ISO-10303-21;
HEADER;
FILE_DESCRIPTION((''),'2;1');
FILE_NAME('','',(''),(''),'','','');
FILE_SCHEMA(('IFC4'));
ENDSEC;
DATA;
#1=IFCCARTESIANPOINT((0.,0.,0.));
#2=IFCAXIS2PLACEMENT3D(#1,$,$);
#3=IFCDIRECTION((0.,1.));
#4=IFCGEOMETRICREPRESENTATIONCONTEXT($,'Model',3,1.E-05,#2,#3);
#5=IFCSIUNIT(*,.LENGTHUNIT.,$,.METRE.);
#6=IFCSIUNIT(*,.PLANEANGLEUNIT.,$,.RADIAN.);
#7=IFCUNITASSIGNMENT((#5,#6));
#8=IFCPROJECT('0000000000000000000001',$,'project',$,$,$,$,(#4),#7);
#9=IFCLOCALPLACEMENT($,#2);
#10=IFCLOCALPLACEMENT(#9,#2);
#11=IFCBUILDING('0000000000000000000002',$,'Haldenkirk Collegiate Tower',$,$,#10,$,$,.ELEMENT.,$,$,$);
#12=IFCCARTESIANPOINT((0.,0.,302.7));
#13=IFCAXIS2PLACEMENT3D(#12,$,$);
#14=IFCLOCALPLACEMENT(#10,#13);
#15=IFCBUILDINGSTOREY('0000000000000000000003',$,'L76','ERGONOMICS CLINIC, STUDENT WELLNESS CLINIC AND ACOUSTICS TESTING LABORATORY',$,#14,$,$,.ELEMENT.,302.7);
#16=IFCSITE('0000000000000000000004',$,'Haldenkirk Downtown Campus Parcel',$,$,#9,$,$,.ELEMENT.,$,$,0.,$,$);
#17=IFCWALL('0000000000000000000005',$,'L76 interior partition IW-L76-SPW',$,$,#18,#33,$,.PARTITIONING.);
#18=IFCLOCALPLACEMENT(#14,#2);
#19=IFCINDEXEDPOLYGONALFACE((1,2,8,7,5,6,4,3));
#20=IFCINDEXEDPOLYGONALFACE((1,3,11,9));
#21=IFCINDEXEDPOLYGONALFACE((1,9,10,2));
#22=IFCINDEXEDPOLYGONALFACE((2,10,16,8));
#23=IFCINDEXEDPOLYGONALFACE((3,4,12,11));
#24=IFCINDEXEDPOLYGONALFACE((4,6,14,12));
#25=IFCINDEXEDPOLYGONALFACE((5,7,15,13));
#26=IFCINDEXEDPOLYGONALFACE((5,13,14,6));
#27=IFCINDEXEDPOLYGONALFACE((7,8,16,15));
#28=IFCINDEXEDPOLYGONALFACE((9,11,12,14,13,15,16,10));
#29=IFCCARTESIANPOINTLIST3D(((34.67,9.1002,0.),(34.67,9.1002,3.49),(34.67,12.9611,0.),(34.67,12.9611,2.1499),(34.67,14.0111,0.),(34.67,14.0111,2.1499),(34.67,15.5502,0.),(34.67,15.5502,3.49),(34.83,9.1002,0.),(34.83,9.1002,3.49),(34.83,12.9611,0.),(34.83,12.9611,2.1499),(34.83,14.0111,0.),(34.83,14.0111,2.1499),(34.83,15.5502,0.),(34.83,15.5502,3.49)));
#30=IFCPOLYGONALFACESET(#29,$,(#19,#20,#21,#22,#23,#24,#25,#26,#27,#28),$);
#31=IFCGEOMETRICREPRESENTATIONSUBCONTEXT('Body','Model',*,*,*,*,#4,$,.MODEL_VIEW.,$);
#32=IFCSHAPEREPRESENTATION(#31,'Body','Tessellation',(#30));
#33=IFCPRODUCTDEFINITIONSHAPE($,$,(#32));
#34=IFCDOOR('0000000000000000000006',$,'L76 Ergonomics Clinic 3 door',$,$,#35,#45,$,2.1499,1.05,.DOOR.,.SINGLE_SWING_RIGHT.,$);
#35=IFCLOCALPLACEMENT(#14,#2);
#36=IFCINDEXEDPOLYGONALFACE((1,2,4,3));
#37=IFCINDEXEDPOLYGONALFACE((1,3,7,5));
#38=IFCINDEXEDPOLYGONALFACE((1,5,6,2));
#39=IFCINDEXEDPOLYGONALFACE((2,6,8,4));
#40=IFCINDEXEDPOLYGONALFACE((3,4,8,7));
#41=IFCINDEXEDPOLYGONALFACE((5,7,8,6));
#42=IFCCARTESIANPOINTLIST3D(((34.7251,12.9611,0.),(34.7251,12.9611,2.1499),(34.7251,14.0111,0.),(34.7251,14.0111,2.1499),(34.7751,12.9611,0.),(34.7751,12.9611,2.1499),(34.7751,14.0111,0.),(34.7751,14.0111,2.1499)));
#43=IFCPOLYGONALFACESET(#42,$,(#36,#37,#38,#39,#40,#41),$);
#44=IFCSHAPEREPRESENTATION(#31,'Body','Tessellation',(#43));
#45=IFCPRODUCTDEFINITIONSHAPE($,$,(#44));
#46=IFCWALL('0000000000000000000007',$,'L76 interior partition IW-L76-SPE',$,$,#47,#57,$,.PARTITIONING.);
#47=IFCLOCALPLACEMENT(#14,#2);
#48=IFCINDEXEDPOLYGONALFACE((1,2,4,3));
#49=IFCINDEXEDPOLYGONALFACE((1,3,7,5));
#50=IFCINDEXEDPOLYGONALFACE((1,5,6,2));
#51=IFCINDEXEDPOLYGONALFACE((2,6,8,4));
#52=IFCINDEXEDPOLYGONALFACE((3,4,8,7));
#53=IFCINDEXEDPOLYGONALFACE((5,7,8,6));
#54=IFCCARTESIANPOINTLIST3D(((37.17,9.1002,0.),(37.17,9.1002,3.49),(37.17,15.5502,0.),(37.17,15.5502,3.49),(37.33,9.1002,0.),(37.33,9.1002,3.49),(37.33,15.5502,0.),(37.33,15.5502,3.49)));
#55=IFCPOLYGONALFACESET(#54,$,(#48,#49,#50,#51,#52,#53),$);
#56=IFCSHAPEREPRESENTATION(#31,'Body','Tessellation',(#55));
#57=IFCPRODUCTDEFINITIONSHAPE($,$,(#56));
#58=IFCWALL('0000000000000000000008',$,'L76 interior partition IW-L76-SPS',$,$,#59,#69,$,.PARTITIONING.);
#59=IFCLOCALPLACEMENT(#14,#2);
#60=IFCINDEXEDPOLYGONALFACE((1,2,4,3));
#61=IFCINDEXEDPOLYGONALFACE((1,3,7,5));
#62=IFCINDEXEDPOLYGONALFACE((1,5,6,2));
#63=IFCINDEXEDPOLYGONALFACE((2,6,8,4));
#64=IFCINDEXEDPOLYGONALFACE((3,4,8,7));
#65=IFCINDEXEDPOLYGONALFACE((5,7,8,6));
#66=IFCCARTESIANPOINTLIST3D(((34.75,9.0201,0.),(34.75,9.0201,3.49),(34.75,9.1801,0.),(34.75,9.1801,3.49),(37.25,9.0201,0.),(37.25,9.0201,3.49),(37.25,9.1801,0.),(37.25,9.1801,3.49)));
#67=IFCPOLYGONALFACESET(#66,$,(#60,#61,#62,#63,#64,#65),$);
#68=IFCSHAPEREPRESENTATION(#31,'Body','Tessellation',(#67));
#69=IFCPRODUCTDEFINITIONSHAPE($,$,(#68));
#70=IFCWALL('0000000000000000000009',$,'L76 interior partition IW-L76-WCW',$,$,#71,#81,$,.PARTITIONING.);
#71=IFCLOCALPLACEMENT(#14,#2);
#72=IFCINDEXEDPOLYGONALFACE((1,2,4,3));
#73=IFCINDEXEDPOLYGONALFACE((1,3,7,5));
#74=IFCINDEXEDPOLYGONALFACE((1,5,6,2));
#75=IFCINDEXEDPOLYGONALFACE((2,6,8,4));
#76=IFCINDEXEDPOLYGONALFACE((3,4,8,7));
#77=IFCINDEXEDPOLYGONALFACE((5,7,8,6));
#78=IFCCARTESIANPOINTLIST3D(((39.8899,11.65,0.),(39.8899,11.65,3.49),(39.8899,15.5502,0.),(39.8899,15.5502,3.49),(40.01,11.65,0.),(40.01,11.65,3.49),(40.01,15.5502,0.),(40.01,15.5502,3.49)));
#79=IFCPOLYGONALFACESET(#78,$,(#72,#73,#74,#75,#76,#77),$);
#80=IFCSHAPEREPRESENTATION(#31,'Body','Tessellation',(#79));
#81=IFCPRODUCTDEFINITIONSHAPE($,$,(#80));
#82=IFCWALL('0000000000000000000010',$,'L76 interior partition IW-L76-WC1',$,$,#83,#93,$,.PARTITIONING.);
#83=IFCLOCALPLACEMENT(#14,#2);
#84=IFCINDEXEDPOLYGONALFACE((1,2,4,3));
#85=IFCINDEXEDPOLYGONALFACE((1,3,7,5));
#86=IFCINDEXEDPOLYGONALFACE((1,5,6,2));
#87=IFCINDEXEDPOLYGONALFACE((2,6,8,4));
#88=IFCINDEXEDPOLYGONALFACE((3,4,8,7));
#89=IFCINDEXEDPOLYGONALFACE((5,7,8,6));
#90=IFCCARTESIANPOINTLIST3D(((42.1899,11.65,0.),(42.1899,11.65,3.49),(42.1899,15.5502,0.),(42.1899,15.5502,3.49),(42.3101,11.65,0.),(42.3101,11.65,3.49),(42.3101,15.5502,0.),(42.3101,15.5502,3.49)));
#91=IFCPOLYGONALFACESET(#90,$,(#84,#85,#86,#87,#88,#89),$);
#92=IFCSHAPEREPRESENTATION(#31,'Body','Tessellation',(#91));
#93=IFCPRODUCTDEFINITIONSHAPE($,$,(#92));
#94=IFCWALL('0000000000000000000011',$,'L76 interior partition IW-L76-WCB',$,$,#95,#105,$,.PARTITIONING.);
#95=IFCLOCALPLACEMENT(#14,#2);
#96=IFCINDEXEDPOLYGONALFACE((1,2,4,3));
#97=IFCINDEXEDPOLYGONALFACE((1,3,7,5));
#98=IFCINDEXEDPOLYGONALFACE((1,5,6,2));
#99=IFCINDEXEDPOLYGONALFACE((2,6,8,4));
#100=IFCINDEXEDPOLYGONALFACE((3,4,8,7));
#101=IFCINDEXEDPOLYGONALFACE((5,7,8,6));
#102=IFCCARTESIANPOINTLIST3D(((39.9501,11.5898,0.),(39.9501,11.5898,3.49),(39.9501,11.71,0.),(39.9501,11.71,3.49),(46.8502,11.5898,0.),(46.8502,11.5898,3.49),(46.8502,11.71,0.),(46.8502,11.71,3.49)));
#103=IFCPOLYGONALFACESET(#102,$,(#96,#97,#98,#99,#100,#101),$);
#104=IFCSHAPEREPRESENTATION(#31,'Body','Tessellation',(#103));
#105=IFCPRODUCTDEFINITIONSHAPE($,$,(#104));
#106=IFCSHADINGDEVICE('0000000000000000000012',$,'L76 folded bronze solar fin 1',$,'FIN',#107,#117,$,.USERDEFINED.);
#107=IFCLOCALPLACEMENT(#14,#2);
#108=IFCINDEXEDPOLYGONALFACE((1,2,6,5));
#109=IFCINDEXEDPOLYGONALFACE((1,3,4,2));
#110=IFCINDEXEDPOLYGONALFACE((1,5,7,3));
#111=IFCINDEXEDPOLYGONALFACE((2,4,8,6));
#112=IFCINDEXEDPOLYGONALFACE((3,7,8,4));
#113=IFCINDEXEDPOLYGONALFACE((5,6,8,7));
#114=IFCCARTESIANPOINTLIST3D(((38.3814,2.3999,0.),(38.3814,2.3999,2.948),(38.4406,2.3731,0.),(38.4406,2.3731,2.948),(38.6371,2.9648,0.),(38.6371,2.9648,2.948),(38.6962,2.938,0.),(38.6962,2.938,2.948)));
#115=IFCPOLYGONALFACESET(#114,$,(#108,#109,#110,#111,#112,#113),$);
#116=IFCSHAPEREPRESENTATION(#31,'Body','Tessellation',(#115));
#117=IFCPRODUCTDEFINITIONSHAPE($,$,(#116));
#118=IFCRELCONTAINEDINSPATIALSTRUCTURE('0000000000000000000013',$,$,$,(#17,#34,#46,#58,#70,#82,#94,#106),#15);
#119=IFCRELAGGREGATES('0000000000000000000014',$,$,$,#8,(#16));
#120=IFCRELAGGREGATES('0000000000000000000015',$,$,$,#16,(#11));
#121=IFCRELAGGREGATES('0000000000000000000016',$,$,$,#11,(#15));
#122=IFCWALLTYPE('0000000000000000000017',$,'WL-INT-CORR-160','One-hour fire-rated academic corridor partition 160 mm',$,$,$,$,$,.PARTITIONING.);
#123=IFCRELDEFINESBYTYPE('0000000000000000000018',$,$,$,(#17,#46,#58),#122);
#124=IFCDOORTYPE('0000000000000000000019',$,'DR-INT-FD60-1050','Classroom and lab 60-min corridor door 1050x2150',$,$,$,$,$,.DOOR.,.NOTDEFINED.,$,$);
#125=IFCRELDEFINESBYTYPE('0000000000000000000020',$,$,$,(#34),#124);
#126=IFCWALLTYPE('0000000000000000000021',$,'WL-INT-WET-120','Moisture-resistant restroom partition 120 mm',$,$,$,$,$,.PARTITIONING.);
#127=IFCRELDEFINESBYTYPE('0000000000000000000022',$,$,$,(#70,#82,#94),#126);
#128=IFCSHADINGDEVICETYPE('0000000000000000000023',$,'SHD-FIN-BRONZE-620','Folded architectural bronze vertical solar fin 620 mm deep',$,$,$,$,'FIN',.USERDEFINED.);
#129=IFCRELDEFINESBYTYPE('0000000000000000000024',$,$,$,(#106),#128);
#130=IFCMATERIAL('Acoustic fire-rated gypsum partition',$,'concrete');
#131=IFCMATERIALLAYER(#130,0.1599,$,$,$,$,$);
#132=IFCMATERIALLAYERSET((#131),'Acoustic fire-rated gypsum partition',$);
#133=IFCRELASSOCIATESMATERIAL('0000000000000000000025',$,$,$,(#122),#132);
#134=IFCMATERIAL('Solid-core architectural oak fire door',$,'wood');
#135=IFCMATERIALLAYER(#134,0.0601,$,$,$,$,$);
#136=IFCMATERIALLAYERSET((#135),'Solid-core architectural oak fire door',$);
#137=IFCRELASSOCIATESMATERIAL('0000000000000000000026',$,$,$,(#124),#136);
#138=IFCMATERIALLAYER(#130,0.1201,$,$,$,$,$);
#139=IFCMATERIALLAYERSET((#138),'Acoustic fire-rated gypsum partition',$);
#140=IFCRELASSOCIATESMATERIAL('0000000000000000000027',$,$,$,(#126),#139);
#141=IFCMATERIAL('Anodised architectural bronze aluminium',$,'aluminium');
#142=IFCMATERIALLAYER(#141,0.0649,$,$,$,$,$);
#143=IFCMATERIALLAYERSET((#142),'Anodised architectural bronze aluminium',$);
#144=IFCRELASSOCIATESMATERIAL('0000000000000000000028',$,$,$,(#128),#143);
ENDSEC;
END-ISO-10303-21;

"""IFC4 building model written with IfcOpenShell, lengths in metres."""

from ifc_helpers import new_model, si_unit, direction, frame, frame_2d, origin, origin_2d, place, context, subcontext, project, spatial, rectangle, extrude, source, transform, mapped, material, layer, layer_set, type_object, element, fill, save


model = new_model("IFC4")

# Units and contexts
model_context = context("Model", 3, precision=1e-05, world=origin(), true_north=direction((0.0, 1.0)))
body_context = subcontext(model_context, "Body", "Model", "MODEL_VIEW")
ifc_project = project(units=[si_unit("LENGTHUNIT", "METRE"), si_unit("PLANEANGLEUNIT", "RADIAN")], contexts=[model_context])

# Site, building, storey
site_placement = place(None, origin())
site = spatial("IfcSite", under=ifc_project, at=site_placement, Name="Haldenkirk Downtown Campus Parcel", CompositionType="ELEMENT", RefElevation=0.0)
building_placement = place(site_placement, origin())
building = spatial("IfcBuilding", under=site, at=building_placement, Name="Haldenkirk Collegiate Tower", CompositionType="ELEMENT")
storey_placement = place(building_placement, frame((0.0, 0.0, 302.7)))
storey = spatial("IfcBuildingStorey", under=building, at=storey_placement, Name="L76", Description="ERGONOMICS CLINIC, STUDENT WELLNESS CLINIC AND ACOUSTICS TESTING LABORATORY", CompositionType="ELEMENT", Elevation=302.7)

# Shared definitions
ifc_material_1 = material(Name="Anodised architectural bronze aluminium", Category="aluminium")

# Wall, opening, door
ifc_material_2 = material(Name="Acoustic fire-rated gypsum partition", Category="concrete")
ifc_layer_1 = layer(ifc_material_2, 0.1599)
ifc_layer_set_1 = layer_set([ifc_layer_1], Name="Acoustic fire-rated gypsum partition")
wall_type_1 = type_object("IfcWallType", Name="WL-INT-CORR-160", Description="One-hour fire-rated academic corridor partition 160 mm", PredefinedType="PARTITIONING", material=ifc_layer_set_1)
wall_1_placement = place(storey_placement, frame((34.75, 9.1001, 0.0), z_axis=(0.0, 0.0, 1.0), x_axis=(0.0, 1.0, 0.0)))
wall_1 = element("IfcWall", 1, at=wall_1_placement, inside=storey, type_object=wall_type_1, Name="L76 interior partition IW-L76-SPW", PredefinedType="PARTITIONING", context=body_context, shape_type="SweptSolid", body=[
    extrude(rectangle(XDim=6.45, YDim=0.1599, at=frame_2d((3.2251, 0.0))), origin(), (0.0, 0.0, 1.0), 3.49),
])
opening_placement = place(wall_1_placement, frame((3.8611, 0.0, 0.0)))
opening = element("IfcOpeningElement", 2, at=opening_placement, cuts=wall_1, PredefinedType="OPENING", context=body_context, shape_type="SweptSolid", body=[
    extrude(rectangle(XDim=1.05, YDim=2.1499, at=frame_2d((0.5249, 1.075))), frame((0.0, 0.0898, 0.0), z_axis=(0.0, -1.0, 0.0), x_axis=(1.0, 0.0, 0.0)), (0.0, 0.0, 1.0), 0.1799),
])
ifc_material_3 = material(Name="Solid-core architectural oak fire door", Category="wood")
ifc_layer_2 = layer(ifc_material_3, 0.0601)
ifc_layer_set_2 = layer_set([ifc_layer_2], Name="Solid-core architectural oak fire door")
door_type = type_object("IfcDoorType", Name="DR-INT-FD60-1050", Description="Classroom and lab 60-min corridor door 1050x2150", OperationType="NOTDEFINED", PredefinedType="DOOR", material=ifc_layer_set_2)
door_placement = place(opening_placement, origin())
door = element("IfcDoor", 3, at=door_placement, inside=storey, type_object=door_type, Name="L76 Ergonomics Clinic 3 door", OperationType="SINGLE_SWING_RIGHT", OverallHeight=2.1499, OverallWidth=1.05, PredefinedType="DOOR", context=body_context, shape_type="SweptSolid", body=[
    extrude(rectangle(XDim=1.05, YDim=2.1499, at=frame_2d((0.5249, 1.075))), frame((0.0, 0.0249, 0.0), z_axis=(0.0, -1.0, 0.0), x_axis=(1.0, 0.0, 0.0)), (0.0, 0.0, 1.0), 0.05),
])
fill(opening, door)

# Walls
wall_2_placement = place(storey_placement, frame((37.25, 9.1001, 0.0), z_axis=(0.0, 0.0, 1.0), x_axis=(0.0, 1.0, 0.0)))
element("IfcWall", 4, at=wall_2_placement, inside=storey, type_object=wall_type_1, Name="L76 interior partition IW-L76-SPE", PredefinedType="PARTITIONING", context=body_context, shape_type="SweptSolid", body=[
    extrude(rectangle(XDim=6.45, YDim=0.1599, at=frame_2d((3.2251, 0.0))), origin(), (0.0, 0.0, 1.0), 3.49),
])
wall_3_placement = place(storey_placement, frame((34.75, 9.1001, 0.0), z_axis=(0.0, 0.0, 1.0), x_axis=(1.0, 0.0, 0.0)))
element("IfcWall", 5, at=wall_3_placement, inside=storey, type_object=wall_type_1, Name="L76 interior partition IW-L76-SPS", PredefinedType="PARTITIONING", context=body_context, shape_type="SweptSolid", body=[
    extrude(rectangle(XDim=2.5, YDim=0.1599, at=frame_2d((1.25, 0.0))), origin(), (0.0, 0.0, 1.0), 3.49),
])
ifc_layer_3 = layer(ifc_material_2, 0.1201)
ifc_layer_set_3 = layer_set([ifc_layer_3], Name="Acoustic fire-rated gypsum partition")
wall_type_2 = type_object("IfcWallType", Name="WL-INT-WET-120", Description="Moisture-resistant restroom partition 120 mm", PredefinedType="PARTITIONING", material=ifc_layer_set_3)
for number, where, z_axis, x_axis, name in (
    (6, (39.95, 11.6499, 0.0), (0.0, 0.0, 1.0), (0.0, 1.0, 0.0), "L76 interior partition IW-L76-WCW"),
    (7, (42.25, 11.6499, 0.0), (0.0, 0.0, 1.0), (0.0, 1.0, 0.0), "L76 interior partition IW-L76-WC1"),
):
    element("IfcWall", number, at=place(storey_placement, frame(where, z_axis=z_axis, x_axis=x_axis)), inside=storey, type_object=wall_type_2, Name=name, PredefinedType="PARTITIONING", context=body_context, shape_type="SweptSolid", body=[
        extrude(rectangle(XDim=3.9001, YDim=0.1201, at=frame_2d((1.9502, 0.0))), origin(), (0.0, 0.0, 1.0), 3.49),
    ])
wall_4_placement = place(storey_placement, frame((39.95, 11.6499, 0.0), z_axis=(0.0, 0.0, 1.0), x_axis=(1.0, 0.0, 0.0)))
element("IfcWall", 8, at=wall_4_placement, inside=storey, type_object=wall_type_2, Name="L76 interior partition IW-L76-WCB", PredefinedType="PARTITIONING", context=body_context, shape_type="SweptSolid", body=[
    extrude(rectangle(XDim=6.9001, YDim=0.1201, at=frame_2d((3.4502, 0.0))), origin(), (0.0, 0.0, 1.0), 3.49),
])

# Shading device
ifc_layer_4 = layer(ifc_material_1, 0.0649)
ifc_layer_set_4 = layer_set([ifc_layer_4], Name="Anodised architectural bronze aluminium")
shading_device_type = type_object("IfcShadingDeviceType", Name="SHD-FIN-BRONZE-620", Description="Folded architectural bronze vertical solar fin 620 mm deep", ElementType="FIN", PredefinedType="USERDEFINED", material=ifc_layer_set_4)
shared_shape_1 = source(origin(), body_context, "Body", "SweptSolid", [
    extrude(rectangle(XDim=0.6201, YDim=0.0649, at=origin_2d()), origin(), (0.0, 0.0, 1.0), 2.948),
])
shading_device_placement = place(storey_placement, frame((38.5388, 2.6689, 0.0), z_axis=(0.0, 0.0, 1.0), x_axis=(-0.41231, -0.911044, 0.0)))
element("IfcShadingDevice", 9, at=shading_device_placement, inside=storey, type_object=shading_device_type, Name="L76 folded bronze solar fin 1", ObjectType="FIN", PredefinedType="USERDEFINED", context=body_context, shape_type="MappedRepresentation", body=[
    mapped(shared_shape_1, transform((0.0, 0.0, 0.0), x_axis=(1.0, 0.0, 0.0), y_axis=(0.0, 1.0, 0.0), z_axis=(0.0, 0.0, 1.0), scale=1.0)),
])

save(model, "model.ifc")
